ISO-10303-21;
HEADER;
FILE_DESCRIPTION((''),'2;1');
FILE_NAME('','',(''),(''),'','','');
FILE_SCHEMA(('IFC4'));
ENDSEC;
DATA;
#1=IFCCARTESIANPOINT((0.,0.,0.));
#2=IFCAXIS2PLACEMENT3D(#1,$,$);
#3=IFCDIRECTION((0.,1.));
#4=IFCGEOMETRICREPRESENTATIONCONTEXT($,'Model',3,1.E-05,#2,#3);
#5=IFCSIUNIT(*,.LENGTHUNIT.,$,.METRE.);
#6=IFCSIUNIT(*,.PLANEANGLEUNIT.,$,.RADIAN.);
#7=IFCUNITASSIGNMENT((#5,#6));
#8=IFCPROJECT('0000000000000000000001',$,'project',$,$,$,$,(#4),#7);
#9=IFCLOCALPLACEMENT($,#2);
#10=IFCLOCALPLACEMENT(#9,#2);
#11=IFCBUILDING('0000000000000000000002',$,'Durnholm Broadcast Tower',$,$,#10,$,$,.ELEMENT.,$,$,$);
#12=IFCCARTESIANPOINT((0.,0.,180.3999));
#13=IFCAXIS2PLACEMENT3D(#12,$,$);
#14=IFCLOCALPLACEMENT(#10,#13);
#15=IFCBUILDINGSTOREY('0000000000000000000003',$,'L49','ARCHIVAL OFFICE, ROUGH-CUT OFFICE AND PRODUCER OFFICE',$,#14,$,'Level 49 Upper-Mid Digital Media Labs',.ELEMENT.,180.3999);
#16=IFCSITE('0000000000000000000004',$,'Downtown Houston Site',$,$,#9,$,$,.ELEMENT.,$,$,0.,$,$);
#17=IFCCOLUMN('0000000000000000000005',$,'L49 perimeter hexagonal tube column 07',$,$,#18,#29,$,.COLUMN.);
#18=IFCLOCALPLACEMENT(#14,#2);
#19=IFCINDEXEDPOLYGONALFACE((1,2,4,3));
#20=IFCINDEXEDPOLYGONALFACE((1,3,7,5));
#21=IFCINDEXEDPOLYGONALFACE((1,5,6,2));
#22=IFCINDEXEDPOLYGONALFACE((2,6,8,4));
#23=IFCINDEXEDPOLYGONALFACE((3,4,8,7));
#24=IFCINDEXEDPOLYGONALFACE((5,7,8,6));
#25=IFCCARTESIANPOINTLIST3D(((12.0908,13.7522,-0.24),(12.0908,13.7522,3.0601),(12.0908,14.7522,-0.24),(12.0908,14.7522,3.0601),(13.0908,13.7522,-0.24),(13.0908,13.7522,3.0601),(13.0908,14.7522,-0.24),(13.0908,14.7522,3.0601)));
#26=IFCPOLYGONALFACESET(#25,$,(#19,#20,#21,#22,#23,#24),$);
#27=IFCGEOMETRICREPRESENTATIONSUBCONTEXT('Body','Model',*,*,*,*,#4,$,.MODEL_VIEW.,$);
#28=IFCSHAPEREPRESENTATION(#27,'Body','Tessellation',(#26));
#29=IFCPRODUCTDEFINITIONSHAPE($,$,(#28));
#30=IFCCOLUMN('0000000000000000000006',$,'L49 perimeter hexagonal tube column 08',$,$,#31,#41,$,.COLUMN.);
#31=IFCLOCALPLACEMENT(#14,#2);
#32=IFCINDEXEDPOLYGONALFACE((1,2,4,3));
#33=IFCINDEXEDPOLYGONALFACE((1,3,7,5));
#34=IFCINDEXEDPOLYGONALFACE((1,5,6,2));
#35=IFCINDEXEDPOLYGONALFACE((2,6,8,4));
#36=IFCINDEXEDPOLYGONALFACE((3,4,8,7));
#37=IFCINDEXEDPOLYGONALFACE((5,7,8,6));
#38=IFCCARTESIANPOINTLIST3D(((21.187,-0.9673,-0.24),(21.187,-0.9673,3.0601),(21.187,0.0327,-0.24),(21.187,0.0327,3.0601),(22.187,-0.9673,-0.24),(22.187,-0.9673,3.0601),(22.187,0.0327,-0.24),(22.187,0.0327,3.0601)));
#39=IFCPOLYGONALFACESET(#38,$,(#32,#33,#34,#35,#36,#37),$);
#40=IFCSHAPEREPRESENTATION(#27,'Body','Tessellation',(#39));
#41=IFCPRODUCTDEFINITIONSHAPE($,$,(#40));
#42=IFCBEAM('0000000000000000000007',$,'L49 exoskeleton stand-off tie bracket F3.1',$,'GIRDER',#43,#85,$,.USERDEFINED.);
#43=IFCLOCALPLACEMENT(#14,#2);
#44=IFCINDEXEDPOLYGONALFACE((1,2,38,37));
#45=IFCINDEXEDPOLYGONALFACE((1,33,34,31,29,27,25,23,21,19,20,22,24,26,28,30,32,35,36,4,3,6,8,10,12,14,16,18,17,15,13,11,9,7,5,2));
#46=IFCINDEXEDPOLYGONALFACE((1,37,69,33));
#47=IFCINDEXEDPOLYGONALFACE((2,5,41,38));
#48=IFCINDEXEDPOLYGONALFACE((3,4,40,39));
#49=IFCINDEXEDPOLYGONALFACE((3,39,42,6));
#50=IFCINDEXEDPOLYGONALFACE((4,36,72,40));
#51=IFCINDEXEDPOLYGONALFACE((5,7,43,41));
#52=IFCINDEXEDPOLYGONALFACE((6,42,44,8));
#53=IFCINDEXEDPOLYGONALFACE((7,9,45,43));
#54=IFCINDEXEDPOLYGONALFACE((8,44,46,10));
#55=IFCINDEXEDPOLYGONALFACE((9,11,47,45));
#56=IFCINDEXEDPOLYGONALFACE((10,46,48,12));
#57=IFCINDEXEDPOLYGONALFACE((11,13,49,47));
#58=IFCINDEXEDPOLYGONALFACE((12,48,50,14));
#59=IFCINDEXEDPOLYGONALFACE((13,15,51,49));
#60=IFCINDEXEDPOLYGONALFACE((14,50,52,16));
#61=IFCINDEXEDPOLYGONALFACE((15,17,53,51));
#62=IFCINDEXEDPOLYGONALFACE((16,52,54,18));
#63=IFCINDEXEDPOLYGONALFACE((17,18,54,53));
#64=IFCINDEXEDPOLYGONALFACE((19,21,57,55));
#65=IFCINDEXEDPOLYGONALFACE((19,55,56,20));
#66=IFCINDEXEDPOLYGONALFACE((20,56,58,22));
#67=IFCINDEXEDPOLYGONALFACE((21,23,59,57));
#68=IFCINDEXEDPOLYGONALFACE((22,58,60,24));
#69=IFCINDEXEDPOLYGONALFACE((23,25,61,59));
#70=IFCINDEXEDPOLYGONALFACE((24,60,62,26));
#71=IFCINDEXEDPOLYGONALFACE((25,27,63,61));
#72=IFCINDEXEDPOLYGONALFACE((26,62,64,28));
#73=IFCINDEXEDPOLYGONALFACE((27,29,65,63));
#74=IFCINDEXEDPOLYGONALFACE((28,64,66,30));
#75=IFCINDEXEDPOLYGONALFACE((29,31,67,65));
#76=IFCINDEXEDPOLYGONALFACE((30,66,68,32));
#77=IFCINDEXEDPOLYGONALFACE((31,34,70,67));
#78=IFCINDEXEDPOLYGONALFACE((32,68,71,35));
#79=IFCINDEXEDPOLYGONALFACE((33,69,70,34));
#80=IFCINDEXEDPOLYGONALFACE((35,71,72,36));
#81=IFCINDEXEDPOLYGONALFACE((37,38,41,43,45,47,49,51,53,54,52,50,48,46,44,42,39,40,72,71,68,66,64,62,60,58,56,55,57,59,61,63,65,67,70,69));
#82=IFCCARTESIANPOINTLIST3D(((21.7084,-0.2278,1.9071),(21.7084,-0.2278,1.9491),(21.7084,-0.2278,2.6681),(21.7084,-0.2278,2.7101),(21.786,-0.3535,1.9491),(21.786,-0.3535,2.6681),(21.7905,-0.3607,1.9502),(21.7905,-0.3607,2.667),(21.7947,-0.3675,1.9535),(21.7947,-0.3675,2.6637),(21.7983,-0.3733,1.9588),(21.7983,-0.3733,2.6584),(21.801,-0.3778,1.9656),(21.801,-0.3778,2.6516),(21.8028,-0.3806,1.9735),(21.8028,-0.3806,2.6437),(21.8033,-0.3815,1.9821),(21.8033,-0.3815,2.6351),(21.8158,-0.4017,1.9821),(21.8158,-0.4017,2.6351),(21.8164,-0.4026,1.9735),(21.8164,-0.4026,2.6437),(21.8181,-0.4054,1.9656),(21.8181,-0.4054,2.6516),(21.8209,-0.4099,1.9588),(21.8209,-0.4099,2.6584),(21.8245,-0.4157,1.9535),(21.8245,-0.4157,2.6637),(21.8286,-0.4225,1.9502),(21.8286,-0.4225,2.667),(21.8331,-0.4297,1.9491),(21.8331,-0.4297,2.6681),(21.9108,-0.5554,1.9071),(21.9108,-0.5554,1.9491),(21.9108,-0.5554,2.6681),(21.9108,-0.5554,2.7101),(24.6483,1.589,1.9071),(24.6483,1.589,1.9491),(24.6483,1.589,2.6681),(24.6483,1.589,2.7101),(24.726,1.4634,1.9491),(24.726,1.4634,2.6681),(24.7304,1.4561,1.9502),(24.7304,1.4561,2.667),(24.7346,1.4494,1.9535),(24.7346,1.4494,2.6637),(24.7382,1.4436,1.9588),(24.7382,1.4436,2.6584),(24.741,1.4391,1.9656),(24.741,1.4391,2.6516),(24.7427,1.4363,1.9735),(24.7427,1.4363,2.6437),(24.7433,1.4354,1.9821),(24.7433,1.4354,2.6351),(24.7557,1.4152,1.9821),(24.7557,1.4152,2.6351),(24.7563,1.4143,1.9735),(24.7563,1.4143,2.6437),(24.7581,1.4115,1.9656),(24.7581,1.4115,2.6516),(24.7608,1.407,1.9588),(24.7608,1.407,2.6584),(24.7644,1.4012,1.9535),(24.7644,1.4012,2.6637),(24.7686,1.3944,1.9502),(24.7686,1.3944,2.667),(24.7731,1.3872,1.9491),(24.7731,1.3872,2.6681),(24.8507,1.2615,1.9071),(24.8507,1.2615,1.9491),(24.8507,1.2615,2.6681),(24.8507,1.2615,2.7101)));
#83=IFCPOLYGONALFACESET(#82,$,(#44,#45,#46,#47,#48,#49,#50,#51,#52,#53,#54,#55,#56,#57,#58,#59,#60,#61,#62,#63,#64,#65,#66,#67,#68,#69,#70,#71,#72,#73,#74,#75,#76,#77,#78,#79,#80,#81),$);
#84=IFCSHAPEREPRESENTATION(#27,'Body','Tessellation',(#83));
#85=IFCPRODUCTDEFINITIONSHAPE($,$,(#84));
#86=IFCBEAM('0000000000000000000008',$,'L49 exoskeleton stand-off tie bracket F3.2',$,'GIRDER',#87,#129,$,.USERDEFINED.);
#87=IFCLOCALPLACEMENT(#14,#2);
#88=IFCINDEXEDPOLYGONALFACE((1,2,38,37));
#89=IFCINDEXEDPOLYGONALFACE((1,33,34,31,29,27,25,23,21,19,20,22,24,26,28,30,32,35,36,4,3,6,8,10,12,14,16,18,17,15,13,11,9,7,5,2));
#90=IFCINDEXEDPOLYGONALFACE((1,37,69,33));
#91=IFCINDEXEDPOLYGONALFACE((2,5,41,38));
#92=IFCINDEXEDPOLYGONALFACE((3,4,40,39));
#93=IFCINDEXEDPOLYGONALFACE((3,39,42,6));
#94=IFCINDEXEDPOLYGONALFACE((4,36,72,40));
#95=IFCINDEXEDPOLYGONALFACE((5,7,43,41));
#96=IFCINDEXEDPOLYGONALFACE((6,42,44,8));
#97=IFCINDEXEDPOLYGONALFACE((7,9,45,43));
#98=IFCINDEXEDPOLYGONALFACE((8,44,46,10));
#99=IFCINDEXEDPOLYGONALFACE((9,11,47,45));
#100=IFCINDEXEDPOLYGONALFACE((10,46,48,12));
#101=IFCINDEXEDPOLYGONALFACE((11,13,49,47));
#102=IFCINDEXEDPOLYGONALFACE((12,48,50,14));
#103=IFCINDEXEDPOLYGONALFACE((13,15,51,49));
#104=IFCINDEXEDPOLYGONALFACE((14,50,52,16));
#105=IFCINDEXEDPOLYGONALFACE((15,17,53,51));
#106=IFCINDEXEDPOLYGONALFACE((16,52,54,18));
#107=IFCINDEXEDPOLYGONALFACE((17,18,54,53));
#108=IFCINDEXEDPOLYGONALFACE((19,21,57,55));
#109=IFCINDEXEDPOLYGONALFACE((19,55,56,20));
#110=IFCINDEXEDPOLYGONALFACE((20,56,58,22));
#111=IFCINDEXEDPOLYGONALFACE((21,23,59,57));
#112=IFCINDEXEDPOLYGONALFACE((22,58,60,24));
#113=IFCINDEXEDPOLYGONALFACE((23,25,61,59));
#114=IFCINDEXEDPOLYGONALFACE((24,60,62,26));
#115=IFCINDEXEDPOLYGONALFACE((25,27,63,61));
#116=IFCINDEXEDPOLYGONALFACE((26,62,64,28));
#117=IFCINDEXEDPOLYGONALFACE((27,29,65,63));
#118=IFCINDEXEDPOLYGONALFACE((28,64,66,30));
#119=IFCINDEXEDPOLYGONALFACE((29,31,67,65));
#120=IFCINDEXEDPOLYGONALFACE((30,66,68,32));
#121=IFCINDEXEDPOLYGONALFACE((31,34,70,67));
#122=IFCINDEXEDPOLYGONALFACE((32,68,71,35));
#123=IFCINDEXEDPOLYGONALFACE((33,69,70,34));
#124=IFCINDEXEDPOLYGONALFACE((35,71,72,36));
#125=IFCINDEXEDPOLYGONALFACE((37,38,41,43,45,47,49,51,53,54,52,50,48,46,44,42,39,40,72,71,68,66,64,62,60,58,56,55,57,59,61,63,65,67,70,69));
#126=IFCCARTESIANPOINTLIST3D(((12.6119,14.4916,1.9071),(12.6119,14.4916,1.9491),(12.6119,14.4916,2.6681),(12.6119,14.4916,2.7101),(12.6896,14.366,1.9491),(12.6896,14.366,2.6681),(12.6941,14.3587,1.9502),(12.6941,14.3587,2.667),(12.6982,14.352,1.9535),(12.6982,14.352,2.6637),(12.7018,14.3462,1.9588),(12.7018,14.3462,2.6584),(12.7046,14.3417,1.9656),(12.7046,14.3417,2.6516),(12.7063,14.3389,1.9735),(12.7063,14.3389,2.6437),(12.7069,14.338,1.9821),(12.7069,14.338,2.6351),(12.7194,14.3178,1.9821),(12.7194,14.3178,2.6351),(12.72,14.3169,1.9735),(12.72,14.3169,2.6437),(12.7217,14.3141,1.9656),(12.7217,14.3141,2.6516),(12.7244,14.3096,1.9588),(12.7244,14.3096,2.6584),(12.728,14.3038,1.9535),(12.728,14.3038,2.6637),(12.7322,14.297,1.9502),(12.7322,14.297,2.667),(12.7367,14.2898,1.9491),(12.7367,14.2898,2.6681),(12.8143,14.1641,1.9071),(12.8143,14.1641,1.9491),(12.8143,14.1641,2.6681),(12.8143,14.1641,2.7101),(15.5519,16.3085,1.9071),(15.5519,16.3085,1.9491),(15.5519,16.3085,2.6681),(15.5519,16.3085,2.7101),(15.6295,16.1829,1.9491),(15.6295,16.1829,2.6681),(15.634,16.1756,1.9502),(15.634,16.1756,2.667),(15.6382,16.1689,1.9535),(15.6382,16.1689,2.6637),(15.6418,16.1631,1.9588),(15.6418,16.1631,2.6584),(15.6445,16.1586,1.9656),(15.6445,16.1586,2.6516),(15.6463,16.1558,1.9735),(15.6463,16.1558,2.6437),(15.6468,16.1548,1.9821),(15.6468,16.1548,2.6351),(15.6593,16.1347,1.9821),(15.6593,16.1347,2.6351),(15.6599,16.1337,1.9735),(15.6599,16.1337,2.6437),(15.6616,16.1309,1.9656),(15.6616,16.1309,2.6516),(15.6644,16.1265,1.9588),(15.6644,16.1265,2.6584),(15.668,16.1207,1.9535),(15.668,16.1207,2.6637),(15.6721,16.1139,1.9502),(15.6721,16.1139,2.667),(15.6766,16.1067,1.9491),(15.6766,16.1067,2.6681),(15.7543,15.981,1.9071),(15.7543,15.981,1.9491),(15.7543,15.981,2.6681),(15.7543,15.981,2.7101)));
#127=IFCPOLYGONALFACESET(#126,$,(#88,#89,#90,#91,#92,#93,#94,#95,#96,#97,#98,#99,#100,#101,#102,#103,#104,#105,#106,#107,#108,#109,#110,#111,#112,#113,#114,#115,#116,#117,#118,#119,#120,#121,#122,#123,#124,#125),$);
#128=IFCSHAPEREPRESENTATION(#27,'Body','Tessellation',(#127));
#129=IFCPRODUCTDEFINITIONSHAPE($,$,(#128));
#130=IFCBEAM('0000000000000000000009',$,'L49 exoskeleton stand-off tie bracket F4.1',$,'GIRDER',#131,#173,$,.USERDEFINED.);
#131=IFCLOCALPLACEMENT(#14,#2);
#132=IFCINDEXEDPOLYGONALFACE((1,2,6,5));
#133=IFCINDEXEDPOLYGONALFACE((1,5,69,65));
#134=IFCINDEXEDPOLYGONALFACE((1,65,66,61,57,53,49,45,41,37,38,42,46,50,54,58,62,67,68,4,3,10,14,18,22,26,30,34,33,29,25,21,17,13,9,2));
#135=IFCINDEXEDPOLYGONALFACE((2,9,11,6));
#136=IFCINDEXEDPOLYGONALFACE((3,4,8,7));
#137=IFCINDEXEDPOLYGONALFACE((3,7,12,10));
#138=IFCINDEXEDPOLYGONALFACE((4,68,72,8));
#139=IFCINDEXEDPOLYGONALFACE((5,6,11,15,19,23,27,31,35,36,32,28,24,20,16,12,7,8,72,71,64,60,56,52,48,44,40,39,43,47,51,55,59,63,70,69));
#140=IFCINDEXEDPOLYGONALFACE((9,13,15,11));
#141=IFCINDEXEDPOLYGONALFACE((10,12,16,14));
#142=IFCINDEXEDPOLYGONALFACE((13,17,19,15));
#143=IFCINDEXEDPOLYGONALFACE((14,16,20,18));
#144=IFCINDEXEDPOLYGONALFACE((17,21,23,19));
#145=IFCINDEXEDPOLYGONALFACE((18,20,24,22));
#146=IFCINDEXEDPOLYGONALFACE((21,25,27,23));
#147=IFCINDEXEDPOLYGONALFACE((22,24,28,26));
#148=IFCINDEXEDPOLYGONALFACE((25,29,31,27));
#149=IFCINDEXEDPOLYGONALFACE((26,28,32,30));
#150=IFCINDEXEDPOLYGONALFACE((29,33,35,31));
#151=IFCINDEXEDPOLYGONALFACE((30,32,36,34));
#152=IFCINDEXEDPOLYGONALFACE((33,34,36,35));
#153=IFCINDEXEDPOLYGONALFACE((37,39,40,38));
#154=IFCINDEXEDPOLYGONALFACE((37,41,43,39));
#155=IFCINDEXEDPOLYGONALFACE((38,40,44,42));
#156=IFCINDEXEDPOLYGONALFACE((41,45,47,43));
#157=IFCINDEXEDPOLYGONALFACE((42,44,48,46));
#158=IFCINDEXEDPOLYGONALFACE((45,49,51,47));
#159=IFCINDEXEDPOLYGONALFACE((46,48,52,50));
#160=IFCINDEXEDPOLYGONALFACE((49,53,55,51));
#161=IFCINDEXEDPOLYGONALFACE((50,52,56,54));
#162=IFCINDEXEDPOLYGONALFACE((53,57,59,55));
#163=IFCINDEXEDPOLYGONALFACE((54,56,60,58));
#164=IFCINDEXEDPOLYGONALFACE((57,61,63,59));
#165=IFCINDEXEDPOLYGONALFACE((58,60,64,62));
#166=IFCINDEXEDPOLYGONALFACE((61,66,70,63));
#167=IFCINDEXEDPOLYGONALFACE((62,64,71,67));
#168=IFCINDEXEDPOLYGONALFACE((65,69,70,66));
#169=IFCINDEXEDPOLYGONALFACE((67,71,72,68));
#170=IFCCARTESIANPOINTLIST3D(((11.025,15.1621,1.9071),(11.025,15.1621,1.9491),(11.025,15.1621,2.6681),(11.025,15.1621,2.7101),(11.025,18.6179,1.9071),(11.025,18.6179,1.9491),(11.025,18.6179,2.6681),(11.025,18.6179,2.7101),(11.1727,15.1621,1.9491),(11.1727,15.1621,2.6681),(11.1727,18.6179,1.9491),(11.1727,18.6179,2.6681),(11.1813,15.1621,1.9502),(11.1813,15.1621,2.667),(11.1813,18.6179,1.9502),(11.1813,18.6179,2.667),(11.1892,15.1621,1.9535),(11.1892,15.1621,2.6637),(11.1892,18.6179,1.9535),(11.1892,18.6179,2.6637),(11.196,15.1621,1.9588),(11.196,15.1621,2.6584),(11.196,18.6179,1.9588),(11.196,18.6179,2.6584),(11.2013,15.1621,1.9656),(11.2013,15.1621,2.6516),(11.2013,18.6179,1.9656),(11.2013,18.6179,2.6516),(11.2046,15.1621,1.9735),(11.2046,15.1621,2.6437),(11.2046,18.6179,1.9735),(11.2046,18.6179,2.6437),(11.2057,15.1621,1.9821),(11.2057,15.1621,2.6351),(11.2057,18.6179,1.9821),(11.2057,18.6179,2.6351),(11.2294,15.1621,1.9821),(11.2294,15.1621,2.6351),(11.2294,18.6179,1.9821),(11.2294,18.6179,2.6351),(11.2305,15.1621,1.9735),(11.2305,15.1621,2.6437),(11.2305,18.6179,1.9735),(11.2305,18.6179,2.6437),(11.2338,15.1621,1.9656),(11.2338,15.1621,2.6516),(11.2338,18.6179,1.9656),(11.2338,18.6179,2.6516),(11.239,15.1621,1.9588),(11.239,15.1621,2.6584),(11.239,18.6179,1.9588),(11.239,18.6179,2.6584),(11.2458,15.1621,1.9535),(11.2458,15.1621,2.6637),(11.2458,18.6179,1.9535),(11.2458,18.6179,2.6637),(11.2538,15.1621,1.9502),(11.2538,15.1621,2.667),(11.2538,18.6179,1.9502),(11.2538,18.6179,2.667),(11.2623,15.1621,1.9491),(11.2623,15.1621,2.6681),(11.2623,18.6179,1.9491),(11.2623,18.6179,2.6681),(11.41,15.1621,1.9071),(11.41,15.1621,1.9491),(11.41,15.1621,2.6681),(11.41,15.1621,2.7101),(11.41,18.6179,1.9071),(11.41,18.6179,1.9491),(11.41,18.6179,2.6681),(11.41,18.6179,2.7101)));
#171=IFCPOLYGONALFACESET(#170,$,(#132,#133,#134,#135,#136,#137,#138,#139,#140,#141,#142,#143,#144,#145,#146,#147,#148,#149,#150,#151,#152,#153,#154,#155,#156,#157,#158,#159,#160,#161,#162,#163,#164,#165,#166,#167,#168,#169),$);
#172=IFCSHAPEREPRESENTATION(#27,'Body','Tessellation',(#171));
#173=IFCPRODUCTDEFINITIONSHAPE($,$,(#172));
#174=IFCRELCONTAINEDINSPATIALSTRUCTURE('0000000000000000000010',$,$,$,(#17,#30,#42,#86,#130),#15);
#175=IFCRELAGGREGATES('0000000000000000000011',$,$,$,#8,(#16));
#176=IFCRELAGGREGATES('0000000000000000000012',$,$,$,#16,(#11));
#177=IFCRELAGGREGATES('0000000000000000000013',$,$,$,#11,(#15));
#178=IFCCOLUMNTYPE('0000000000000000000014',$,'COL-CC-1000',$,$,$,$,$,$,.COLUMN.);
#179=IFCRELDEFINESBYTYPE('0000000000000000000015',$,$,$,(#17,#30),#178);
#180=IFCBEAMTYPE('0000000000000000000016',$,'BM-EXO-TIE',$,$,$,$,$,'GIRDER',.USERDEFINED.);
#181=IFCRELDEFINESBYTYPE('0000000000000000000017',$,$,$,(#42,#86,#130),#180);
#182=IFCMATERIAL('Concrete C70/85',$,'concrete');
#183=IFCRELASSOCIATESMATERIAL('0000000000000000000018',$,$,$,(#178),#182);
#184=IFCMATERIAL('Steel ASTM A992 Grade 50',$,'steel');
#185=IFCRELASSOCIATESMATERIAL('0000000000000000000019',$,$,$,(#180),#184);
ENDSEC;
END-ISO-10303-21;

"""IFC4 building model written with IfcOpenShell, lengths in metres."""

from ifc_helpers import new_model, si_unit, direction, frame, origin, origin_2d, place, context, subcontext, project, spatial, rectangle, i_section, extrude, source, transform, mapped, material, material_profile, profile_set, type_object, type_shapes, element, save


model = new_model("IFC4")

# Units and contexts
model_context = context("Model", 3, precision=1e-05, world=origin(), true_north=direction((0.0, 1.0)))
body_context = subcontext(model_context, "Body", "Model", "MODEL_VIEW")
ifc_project = project(units=[si_unit("LENGTHUNIT", "METRE"), si_unit("PLANEANGLEUNIT", "RADIAN")], contexts=[model_context])

# Site, building, storey
site_placement = place(None, origin())
site = spatial("IfcSite", under=ifc_project, at=site_placement, Name="Downtown Houston Site", CompositionType="ELEMENT", RefElevation=0.0)
building_placement = place(site_placement, origin())
building = spatial("IfcBuilding", under=site, at=building_placement, Name="Durnholm Broadcast Tower", CompositionType="ELEMENT")
storey_placement = place(building_placement, frame((0.0, 0.0, 180.3999)))
storey = spatial("IfcBuildingStorey", under=building, at=storey_placement, Name="L49", Description="ARCHIVAL OFFICE, ROUGH-CUT OFFICE AND PRODUCER OFFICE", LongName="Level 49 Upper-Mid Digital Media Labs", CompositionType="ELEMENT", Elevation=180.3999)

# Columns
ifc_material_1 = material(Name="Concrete C70/85", Category="concrete")
ifc_material_profile_1 = material_profile(ifc_material_1, rectangle(XDim=1.0, YDim=1.0, at=origin_2d()), Name="RC1000X1000")
ifc_profile_set_1 = profile_set([ifc_material_profile_1], Name="Concrete C70/85")
column_type = type_object("IfcColumnType", Name="COL-CC-1000", PredefinedType="COLUMN", material=ifc_profile_set_1)
shared_shape_1 = source(origin(), body_context, "Body", "SweptSolid", [
    extrude(rectangle(XDim=1.0, YDim=1.0, at=origin_2d()), origin(), (0.0, 0.0, 1.0), 3.3),
])
type_shapes(column_type, [shared_shape_1])
for number, where, z_axis, x_axis, name in (
    (1, (12.5908, 14.2522, -0.24), (0.0, 0.0, 1.0), (1.0, 0.0, 0.0), "L49 perimeter hexagonal tube column 07"),
    (2, (21.687, -0.4673, -0.24), (0.0, 0.0, 1.0), (1.0, 0.0, 0.0), "L49 perimeter hexagonal tube column 08"),
):
    element("IfcColumn", number, at=place(storey_placement, frame(where, z_axis=z_axis, x_axis=x_axis)), inside=storey, type_object=column_type, Name=name, PredefinedType="COLUMN", context=body_context, shape_type="MappedRepresentation", body=[
        mapped(shared_shape_1, transform((0.0, 0.0, 0.0), x_axis=(1.0, 0.0, 0.0), y_axis=(0.0, 1.0, 0.0), z_axis=(0.0, 0.0, 1.0), scale=1.0)),
    ])

# Beams
ifc_material_2 = material(Name="Steel ASTM A992 Grade 50", Category="steel")
ifc_material_profile_2 = material_profile(ifc_material_2, i_section(OverallWidth=0.385, OverallDepth=0.803, WebThickness=0.0237, FlangeThickness=0.042, FilletRadius=0.033, at=origin_2d()), Name="W30X261")
ifc_profile_set_2 = profile_set([ifc_material_profile_2], Name="Steel ASTM A992 Grade 50")
beam_type_1 = type_object("IfcBeamType", Name="BM-EXO-TIE", ElementType="GIRDER", PredefinedType="USERDEFINED", material=ifc_profile_set_2)
shared_shape_2 = source(origin(), body_context, "Body", "SweptSolid", [
    extrude(i_section(OverallWidth=0.385, OverallDepth=0.803, WebThickness=0.0237, FlangeThickness=0.042, FilletRadius=0.033, at=origin_2d()), origin(), (0.0, 0.0, 1.0), 3.4561),
])
for number, where, z_axis, x_axis, name in (
    (3, (21.8096, -0.3916, 2.3086), (0.850662, 0.525712, 0.0), (-0.525712, 0.850662, 0.0), "L49 exoskeleton stand-off tie bracket F3.1"),
    (4, (12.7131, 14.3279, 2.3086), (0.850662, 0.525712, 0.0), (-0.525712, 0.850662, 0.0), "L49 exoskeleton stand-off tie bracket F3.2"),
):
    element("IfcBeam", number, at=place(storey_placement, frame(where, z_axis=z_axis, x_axis=x_axis)), inside=storey, type_object=beam_type_1, Name=name, ObjectType="GIRDER", PredefinedType="USERDEFINED", context=body_context, shape_type="MappedRepresentation", body=[
        mapped(shared_shape_2, transform((0.0, 0.0, 0.0), x_axis=(1.0, 0.0, 0.0), y_axis=(0.0, 1.0, 0.0), z_axis=(0.0, 0.0, 1.0), scale=1.0)),
    ])
shared_shape_3 = source(origin(), body_context, "Body", "SweptSolid", [
    extrude(i_section(OverallWidth=0.385, OverallDepth=0.803, WebThickness=0.0237, FlangeThickness=0.042, FilletRadius=0.033, at=origin_2d()), origin(), (0.0, 0.0, 1.0), 3.4558),
])
beam_1_placement = place(storey_placement, frame((11.2175, 15.1621, 2.3086), z_axis=(0.0, 1.0, 0.0), x_axis=(-1.0, 0.0, 0.0)))
element("IfcBeam", 5, at=beam_1_placement, inside=storey, type_object=beam_type_1, Name="L49 exoskeleton stand-off tie bracket F4.1", ObjectType="GIRDER", PredefinedType="USERDEFINED", context=body_context, shape_type="MappedRepresentation", body=[
    mapped(shared_shape_3, transform((0.0, 0.0, 0.0), x_axis=(1.0, 0.0, 0.0), y_axis=(0.0, 1.0, 0.0), z_axis=(0.0, 0.0, 1.0), scale=1.0)),
])

save(model, "model.ifc")
